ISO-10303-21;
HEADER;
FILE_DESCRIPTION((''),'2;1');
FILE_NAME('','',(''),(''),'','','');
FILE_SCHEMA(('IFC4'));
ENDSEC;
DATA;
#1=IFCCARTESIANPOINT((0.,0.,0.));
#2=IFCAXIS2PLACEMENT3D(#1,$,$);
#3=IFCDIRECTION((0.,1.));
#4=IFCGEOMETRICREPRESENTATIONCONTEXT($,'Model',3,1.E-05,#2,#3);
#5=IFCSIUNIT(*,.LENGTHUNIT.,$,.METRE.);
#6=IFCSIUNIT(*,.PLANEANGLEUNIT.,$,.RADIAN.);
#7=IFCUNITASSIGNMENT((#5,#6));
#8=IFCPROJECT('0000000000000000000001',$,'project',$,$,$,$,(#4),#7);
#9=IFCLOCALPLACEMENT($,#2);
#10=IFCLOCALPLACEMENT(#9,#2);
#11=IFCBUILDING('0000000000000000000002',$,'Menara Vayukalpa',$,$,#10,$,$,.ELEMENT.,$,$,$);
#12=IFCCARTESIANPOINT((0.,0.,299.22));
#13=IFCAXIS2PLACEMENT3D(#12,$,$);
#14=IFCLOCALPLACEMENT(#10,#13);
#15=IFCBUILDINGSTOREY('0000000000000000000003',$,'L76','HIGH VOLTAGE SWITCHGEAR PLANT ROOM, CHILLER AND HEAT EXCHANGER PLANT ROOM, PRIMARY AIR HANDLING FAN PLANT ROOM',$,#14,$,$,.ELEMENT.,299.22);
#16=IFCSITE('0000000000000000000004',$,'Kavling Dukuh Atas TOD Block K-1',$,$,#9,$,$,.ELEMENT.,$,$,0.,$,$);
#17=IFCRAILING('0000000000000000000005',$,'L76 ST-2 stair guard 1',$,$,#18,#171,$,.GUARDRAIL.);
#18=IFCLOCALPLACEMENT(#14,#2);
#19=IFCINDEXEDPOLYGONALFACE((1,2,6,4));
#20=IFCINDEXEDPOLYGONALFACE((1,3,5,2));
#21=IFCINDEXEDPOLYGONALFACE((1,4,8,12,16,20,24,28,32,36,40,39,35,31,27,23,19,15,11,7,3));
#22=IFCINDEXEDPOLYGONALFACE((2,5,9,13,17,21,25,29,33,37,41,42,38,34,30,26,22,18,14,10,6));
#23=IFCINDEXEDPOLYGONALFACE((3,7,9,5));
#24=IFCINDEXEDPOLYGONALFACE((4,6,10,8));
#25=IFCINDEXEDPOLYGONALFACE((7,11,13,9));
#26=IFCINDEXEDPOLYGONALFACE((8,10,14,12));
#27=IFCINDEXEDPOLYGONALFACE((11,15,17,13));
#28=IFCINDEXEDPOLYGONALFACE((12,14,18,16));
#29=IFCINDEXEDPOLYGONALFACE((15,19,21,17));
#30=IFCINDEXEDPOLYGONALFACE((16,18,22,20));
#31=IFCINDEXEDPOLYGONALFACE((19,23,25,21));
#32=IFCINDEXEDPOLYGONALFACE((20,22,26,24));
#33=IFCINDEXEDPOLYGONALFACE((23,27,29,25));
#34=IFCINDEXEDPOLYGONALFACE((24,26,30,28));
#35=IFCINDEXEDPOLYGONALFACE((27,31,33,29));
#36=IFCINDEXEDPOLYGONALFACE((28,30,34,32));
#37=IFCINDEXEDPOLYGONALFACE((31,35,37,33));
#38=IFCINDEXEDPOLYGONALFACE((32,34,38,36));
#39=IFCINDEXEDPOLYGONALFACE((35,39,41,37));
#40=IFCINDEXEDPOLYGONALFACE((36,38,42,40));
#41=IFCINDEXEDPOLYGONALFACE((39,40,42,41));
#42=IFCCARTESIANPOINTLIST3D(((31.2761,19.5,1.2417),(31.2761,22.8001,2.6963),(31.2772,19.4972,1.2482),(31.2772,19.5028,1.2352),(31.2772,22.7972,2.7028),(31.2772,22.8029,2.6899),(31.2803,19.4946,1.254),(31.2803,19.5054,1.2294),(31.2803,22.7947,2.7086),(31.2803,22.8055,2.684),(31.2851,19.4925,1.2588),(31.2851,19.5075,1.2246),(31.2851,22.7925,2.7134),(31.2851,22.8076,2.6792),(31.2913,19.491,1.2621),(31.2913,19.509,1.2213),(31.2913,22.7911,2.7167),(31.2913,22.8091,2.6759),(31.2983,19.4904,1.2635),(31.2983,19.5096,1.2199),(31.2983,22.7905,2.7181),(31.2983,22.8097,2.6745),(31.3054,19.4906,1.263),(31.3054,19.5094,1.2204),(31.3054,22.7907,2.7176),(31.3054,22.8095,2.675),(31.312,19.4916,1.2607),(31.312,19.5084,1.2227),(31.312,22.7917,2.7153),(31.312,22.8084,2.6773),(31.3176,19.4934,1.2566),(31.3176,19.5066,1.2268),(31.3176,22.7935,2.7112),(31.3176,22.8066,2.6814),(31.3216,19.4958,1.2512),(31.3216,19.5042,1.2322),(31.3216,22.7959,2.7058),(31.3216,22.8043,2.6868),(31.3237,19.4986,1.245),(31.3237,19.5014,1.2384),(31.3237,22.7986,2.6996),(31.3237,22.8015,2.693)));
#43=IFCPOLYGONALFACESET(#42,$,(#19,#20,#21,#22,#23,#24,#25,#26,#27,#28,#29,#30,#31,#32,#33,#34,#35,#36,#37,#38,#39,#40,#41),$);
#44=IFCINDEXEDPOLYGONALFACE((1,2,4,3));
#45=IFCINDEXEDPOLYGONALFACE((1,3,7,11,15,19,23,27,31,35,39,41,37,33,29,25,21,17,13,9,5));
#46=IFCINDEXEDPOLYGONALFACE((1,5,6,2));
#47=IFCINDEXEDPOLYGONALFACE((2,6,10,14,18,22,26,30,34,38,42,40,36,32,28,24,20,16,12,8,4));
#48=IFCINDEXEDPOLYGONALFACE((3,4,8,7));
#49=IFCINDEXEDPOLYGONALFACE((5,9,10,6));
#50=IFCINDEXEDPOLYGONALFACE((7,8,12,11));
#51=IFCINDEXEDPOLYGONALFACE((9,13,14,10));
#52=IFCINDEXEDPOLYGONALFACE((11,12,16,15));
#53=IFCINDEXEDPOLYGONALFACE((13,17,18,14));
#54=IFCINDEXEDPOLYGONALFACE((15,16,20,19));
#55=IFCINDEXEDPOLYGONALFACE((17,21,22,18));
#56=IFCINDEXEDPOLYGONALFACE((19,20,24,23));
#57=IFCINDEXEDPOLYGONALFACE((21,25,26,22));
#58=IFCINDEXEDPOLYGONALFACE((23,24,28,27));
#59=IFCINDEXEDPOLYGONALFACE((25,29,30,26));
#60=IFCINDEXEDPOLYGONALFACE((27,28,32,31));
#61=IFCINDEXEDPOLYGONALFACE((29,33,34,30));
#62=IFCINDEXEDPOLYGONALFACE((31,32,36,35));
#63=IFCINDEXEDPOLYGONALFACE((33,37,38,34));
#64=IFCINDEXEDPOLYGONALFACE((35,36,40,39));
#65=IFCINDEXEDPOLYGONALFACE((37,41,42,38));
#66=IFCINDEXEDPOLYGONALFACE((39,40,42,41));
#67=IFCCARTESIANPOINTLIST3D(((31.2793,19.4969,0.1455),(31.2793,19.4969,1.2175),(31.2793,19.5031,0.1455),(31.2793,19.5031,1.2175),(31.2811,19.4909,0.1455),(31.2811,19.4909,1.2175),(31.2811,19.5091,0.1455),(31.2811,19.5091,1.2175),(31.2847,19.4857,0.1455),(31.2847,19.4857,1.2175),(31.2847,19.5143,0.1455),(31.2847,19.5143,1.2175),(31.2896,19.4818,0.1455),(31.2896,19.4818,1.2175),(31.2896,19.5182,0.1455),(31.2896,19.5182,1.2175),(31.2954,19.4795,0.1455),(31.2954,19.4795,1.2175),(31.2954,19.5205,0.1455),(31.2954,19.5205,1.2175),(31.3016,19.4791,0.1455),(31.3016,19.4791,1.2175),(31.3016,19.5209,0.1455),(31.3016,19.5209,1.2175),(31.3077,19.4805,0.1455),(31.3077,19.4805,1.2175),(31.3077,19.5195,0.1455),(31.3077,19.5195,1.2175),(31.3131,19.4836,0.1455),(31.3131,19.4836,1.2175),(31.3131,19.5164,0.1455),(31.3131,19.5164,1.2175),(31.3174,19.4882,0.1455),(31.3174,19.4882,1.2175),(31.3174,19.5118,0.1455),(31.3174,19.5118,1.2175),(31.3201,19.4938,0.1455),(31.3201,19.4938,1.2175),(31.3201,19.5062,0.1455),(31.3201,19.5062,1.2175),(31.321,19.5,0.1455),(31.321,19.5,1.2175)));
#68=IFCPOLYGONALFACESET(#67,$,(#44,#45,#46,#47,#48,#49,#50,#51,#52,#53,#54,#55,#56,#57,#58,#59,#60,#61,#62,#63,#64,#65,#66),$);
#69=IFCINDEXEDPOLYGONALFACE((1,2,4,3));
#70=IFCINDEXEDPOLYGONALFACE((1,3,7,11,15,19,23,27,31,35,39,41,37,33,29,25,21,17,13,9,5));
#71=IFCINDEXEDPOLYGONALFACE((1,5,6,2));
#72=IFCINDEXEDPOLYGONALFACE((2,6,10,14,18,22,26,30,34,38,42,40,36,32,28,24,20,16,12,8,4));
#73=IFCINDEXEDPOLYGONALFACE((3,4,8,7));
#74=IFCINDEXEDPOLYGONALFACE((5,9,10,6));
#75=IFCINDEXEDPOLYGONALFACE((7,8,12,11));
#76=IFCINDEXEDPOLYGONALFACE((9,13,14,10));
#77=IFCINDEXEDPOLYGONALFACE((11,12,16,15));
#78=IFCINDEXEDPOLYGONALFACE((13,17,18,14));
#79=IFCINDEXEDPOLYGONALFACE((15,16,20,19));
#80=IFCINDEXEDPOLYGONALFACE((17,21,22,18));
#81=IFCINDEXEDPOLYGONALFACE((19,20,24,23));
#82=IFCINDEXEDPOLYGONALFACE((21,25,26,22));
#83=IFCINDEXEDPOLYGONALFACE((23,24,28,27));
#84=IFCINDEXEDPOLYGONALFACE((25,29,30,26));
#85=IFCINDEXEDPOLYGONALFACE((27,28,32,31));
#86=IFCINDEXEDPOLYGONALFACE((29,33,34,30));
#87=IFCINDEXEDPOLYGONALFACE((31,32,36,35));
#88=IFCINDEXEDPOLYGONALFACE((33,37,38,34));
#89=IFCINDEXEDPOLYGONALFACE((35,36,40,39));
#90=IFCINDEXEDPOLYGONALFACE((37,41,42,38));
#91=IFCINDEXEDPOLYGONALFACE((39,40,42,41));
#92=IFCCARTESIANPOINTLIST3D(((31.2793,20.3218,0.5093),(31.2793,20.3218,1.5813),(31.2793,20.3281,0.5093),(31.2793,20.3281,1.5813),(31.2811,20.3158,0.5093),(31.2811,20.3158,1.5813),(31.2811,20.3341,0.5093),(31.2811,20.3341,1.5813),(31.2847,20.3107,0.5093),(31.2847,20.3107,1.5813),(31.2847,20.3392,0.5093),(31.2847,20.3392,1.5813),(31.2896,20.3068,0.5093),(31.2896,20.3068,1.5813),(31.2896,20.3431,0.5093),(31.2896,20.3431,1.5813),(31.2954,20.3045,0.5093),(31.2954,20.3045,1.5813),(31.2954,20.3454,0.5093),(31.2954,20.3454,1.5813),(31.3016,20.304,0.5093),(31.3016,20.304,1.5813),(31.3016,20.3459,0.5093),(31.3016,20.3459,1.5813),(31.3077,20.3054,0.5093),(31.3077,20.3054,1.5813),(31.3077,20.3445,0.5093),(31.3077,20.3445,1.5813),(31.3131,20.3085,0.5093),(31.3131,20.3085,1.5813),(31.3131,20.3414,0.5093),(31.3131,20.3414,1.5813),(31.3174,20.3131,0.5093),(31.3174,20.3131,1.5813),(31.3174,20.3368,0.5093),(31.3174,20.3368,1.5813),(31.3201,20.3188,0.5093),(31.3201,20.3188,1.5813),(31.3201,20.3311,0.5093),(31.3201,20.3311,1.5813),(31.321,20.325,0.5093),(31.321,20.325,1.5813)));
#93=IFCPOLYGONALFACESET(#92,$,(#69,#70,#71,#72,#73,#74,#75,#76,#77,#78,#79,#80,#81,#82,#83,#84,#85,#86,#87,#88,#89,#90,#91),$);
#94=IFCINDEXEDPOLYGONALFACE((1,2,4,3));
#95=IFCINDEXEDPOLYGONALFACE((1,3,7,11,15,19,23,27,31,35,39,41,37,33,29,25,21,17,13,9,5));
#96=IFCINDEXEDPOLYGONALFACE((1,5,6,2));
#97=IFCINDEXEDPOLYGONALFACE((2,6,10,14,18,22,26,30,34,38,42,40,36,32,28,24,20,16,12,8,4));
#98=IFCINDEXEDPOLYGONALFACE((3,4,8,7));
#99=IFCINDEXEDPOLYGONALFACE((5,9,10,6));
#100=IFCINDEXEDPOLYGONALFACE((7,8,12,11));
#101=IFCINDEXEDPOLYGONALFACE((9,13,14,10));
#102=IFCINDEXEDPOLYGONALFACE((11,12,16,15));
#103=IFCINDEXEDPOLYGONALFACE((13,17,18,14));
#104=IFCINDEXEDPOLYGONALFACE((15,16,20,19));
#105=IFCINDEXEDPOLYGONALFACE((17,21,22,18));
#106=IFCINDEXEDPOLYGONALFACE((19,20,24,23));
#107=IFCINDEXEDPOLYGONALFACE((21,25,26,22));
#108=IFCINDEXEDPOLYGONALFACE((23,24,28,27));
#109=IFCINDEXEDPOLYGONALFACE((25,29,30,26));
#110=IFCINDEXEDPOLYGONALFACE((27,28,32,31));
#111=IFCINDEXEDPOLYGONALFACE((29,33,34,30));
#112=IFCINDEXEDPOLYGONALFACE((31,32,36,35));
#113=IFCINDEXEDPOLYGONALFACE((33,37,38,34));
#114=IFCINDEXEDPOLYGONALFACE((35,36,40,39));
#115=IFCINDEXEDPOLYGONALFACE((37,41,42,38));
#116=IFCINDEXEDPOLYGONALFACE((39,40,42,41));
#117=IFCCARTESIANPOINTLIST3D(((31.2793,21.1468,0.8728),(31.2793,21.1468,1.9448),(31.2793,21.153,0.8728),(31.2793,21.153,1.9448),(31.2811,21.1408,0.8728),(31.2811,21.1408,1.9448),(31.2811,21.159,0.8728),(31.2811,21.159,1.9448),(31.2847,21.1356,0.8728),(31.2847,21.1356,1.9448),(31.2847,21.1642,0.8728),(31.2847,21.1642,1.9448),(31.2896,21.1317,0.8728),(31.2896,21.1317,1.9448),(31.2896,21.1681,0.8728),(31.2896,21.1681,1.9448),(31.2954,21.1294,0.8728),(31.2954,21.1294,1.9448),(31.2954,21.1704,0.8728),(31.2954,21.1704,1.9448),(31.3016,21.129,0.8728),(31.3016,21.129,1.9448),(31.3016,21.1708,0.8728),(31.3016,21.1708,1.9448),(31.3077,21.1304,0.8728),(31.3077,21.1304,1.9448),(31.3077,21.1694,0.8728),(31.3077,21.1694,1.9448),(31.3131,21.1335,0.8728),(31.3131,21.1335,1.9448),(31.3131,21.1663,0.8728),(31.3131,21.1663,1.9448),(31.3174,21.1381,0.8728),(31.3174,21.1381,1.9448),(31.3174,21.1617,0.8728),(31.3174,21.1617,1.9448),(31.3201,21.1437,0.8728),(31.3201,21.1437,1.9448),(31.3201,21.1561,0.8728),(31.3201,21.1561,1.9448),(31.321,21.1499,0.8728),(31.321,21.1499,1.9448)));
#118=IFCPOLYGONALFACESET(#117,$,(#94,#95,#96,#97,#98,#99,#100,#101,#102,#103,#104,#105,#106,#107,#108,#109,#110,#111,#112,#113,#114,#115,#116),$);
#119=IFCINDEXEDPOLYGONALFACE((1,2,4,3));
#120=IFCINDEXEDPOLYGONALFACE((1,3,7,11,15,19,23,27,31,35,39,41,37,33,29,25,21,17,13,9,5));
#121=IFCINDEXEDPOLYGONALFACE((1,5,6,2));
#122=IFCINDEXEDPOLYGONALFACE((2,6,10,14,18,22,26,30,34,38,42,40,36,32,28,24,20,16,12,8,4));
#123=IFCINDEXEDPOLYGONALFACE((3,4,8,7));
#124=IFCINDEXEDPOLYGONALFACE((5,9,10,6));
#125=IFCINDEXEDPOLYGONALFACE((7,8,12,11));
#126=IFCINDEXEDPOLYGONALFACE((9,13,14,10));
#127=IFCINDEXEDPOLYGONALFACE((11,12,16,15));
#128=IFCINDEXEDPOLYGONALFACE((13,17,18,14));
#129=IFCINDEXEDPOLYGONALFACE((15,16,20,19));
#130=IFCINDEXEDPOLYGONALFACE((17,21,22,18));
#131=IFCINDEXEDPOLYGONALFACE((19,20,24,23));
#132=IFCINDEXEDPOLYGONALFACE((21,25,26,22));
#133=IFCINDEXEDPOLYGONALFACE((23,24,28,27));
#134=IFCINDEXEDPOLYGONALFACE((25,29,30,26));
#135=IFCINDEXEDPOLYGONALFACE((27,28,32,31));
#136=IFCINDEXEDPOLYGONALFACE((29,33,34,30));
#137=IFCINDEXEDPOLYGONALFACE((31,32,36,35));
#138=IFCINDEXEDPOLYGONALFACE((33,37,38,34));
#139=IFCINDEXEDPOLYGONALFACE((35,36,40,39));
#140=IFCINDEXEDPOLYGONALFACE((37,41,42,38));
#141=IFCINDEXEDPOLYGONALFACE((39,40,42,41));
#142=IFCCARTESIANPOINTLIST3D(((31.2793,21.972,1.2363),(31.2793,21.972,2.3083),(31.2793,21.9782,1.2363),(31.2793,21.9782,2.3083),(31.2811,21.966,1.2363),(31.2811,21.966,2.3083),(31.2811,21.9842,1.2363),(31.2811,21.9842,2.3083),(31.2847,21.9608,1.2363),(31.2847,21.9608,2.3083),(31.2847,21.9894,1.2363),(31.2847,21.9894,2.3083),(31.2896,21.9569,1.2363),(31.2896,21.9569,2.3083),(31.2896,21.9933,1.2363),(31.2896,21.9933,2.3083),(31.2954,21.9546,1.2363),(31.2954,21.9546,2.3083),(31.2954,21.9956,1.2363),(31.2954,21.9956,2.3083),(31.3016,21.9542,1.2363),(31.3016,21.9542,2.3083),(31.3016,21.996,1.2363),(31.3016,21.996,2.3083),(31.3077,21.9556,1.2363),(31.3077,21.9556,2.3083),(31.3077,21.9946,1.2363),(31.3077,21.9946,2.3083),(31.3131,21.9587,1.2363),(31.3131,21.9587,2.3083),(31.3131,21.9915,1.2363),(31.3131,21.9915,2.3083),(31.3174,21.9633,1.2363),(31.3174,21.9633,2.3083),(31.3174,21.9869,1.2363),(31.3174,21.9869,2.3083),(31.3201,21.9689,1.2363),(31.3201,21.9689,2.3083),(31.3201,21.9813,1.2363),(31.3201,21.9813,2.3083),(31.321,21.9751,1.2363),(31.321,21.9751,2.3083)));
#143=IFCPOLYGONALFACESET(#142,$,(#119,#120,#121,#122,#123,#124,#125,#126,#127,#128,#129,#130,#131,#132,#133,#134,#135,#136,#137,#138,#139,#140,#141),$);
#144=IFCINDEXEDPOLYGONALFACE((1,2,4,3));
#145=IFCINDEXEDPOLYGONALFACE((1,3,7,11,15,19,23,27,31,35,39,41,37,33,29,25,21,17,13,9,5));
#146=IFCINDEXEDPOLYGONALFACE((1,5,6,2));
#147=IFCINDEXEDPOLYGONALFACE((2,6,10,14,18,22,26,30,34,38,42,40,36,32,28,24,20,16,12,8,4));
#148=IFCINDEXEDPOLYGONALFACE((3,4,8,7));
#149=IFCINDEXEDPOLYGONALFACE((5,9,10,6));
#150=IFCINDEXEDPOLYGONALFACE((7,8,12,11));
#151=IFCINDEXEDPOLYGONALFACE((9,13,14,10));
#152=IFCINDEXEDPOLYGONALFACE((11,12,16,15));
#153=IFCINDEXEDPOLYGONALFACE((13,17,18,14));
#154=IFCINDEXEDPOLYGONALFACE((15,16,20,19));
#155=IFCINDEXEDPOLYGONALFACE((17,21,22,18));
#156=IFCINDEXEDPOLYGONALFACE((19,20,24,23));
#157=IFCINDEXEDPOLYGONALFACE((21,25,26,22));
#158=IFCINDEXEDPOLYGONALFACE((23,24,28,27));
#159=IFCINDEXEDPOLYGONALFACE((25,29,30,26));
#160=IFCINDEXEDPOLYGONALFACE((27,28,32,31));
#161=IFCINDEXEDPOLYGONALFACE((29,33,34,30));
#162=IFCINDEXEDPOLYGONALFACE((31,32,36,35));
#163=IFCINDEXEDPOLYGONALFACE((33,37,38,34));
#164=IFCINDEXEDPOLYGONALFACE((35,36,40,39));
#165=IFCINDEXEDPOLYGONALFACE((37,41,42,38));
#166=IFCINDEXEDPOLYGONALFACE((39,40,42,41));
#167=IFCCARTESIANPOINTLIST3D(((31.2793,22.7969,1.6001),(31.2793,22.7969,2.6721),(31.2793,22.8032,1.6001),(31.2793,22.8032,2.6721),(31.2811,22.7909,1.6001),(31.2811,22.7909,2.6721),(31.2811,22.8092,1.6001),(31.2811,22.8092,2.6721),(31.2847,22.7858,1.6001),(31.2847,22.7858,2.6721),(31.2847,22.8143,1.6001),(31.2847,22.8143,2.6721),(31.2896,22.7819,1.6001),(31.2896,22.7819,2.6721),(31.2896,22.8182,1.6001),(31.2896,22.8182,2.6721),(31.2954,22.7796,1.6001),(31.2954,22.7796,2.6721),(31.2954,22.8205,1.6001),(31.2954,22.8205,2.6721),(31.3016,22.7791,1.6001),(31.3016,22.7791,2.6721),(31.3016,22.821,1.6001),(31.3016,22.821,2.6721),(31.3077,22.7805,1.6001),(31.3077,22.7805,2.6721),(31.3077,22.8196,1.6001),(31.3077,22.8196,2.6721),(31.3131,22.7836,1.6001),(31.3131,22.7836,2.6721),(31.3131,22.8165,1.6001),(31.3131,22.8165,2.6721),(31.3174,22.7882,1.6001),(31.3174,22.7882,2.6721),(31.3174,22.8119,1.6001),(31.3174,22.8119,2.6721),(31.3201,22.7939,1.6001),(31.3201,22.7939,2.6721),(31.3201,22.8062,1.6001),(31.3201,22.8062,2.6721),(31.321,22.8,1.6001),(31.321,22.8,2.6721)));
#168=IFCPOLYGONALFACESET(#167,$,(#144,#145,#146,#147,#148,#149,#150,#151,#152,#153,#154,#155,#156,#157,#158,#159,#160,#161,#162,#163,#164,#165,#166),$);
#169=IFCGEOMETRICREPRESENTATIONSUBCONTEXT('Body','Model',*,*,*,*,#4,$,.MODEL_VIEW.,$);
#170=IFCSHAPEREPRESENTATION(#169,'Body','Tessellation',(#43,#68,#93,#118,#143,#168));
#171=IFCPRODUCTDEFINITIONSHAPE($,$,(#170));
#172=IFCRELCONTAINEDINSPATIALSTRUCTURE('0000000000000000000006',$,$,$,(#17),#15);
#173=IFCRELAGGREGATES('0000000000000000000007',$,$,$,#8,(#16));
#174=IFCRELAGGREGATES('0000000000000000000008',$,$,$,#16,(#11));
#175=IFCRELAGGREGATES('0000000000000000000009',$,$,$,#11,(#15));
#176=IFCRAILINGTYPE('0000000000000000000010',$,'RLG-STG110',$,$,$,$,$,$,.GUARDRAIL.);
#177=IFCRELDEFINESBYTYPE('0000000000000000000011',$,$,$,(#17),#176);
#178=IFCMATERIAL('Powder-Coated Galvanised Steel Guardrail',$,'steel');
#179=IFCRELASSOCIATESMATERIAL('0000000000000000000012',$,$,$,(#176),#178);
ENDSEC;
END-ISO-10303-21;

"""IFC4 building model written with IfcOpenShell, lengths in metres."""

from ifc_helpers import new_model, si_unit, direction, frame, origin, origin_2d, place, context, subcontext, project, spatial, circle, extrude, material, type_object, element, save


model = new_model("IFC4")

# Units and contexts
model_context = context("Model", 3, precision=1e-05, world=origin(), true_north=direction((0.0, 1.0)))
body_context = subcontext(model_context, "Body", "Model", "MODEL_VIEW")
ifc_project = project(units=[si_unit("LENGTHUNIT", "METRE"), si_unit("PLANEANGLEUNIT", "RADIAN")], contexts=[model_context])

# Site, building, storey
site_placement = place(None, origin())
site = spatial("IfcSite", under=ifc_project, at=site_placement, Name="Kavling Dukuh Atas TOD Block K-1", CompositionType="ELEMENT", RefElevation=0.0)
building_placement = place(site_placement, origin())
building = spatial("IfcBuilding", under=site, at=building_placement, Name="Menara Vayukalpa", CompositionType="ELEMENT")
storey_placement = place(building_placement, frame((0.0, 0.0, 299.22)))
storey = spatial("IfcBuildingStorey", under=building, at=storey_placement, Name="L76", Description="HIGH VOLTAGE SWITCHGEAR PLANT ROOM, CHILLER AND HEAT EXCHANGER PLANT ROOM, PRIMARY AIR HANDLING FAN PLANT ROOM", CompositionType="ELEMENT", Elevation=299.22)

# Railing
ifc_material_1 = material(Name="Powder-Coated Galvanised Steel Guardrail", Category="steel")
railing_type_1 = type_object("IfcRailingType", Name="RLG-STG110", PredefinedType="GUARDRAIL", material=ifc_material_1)
railing_1_placement = place(storey_placement, frame((31.3, 19.5, 0.1455)))
element("IfcRailing", 1, at=railing_1_placement, inside=storey, type_object=railing_type_1, Name="L76 ST-2 stair guard 1", PredefinedType="GUARDRAIL", context=body_context, shape_type="SweptSolid", body=[
    extrude(circle(Radius=0.0239, at=origin_2d()), frame((0.0, 0.0, 1.0962), z_axis=(0.0, 0.915052, 0.403335), x_axis=(-1.0, 0.0, 0.0)), (0.0, 0.0, 1.0), 3.6064),
    extrude(circle(Radius=0.021, at=origin_2d()), origin(), (0.0, 0.0, 1.0), 1.072),
    extrude(circle(Radius=0.021, at=origin_2d()), frame((0.0, 0.825, 0.3638)), (0.0, 0.0, 1.0), 1.072),
    extrude(circle(Radius=0.021, at=origin_2d()), frame((0.0, 1.6499, 0.7273)), (0.0, 0.0, 1.0), 1.072),
    extrude(circle(Radius=0.021, at=origin_2d()), frame((0.0, 2.4751, 1.0908)), (0.0, 0.0, 1.0), 1.072),
    extrude(circle(Radius=0.021, at=origin_2d()), frame((0.0, 3.3, 1.4546)), (0.0, 0.0, 1.0), 1.072),
])

save(model, "model.ifc")
